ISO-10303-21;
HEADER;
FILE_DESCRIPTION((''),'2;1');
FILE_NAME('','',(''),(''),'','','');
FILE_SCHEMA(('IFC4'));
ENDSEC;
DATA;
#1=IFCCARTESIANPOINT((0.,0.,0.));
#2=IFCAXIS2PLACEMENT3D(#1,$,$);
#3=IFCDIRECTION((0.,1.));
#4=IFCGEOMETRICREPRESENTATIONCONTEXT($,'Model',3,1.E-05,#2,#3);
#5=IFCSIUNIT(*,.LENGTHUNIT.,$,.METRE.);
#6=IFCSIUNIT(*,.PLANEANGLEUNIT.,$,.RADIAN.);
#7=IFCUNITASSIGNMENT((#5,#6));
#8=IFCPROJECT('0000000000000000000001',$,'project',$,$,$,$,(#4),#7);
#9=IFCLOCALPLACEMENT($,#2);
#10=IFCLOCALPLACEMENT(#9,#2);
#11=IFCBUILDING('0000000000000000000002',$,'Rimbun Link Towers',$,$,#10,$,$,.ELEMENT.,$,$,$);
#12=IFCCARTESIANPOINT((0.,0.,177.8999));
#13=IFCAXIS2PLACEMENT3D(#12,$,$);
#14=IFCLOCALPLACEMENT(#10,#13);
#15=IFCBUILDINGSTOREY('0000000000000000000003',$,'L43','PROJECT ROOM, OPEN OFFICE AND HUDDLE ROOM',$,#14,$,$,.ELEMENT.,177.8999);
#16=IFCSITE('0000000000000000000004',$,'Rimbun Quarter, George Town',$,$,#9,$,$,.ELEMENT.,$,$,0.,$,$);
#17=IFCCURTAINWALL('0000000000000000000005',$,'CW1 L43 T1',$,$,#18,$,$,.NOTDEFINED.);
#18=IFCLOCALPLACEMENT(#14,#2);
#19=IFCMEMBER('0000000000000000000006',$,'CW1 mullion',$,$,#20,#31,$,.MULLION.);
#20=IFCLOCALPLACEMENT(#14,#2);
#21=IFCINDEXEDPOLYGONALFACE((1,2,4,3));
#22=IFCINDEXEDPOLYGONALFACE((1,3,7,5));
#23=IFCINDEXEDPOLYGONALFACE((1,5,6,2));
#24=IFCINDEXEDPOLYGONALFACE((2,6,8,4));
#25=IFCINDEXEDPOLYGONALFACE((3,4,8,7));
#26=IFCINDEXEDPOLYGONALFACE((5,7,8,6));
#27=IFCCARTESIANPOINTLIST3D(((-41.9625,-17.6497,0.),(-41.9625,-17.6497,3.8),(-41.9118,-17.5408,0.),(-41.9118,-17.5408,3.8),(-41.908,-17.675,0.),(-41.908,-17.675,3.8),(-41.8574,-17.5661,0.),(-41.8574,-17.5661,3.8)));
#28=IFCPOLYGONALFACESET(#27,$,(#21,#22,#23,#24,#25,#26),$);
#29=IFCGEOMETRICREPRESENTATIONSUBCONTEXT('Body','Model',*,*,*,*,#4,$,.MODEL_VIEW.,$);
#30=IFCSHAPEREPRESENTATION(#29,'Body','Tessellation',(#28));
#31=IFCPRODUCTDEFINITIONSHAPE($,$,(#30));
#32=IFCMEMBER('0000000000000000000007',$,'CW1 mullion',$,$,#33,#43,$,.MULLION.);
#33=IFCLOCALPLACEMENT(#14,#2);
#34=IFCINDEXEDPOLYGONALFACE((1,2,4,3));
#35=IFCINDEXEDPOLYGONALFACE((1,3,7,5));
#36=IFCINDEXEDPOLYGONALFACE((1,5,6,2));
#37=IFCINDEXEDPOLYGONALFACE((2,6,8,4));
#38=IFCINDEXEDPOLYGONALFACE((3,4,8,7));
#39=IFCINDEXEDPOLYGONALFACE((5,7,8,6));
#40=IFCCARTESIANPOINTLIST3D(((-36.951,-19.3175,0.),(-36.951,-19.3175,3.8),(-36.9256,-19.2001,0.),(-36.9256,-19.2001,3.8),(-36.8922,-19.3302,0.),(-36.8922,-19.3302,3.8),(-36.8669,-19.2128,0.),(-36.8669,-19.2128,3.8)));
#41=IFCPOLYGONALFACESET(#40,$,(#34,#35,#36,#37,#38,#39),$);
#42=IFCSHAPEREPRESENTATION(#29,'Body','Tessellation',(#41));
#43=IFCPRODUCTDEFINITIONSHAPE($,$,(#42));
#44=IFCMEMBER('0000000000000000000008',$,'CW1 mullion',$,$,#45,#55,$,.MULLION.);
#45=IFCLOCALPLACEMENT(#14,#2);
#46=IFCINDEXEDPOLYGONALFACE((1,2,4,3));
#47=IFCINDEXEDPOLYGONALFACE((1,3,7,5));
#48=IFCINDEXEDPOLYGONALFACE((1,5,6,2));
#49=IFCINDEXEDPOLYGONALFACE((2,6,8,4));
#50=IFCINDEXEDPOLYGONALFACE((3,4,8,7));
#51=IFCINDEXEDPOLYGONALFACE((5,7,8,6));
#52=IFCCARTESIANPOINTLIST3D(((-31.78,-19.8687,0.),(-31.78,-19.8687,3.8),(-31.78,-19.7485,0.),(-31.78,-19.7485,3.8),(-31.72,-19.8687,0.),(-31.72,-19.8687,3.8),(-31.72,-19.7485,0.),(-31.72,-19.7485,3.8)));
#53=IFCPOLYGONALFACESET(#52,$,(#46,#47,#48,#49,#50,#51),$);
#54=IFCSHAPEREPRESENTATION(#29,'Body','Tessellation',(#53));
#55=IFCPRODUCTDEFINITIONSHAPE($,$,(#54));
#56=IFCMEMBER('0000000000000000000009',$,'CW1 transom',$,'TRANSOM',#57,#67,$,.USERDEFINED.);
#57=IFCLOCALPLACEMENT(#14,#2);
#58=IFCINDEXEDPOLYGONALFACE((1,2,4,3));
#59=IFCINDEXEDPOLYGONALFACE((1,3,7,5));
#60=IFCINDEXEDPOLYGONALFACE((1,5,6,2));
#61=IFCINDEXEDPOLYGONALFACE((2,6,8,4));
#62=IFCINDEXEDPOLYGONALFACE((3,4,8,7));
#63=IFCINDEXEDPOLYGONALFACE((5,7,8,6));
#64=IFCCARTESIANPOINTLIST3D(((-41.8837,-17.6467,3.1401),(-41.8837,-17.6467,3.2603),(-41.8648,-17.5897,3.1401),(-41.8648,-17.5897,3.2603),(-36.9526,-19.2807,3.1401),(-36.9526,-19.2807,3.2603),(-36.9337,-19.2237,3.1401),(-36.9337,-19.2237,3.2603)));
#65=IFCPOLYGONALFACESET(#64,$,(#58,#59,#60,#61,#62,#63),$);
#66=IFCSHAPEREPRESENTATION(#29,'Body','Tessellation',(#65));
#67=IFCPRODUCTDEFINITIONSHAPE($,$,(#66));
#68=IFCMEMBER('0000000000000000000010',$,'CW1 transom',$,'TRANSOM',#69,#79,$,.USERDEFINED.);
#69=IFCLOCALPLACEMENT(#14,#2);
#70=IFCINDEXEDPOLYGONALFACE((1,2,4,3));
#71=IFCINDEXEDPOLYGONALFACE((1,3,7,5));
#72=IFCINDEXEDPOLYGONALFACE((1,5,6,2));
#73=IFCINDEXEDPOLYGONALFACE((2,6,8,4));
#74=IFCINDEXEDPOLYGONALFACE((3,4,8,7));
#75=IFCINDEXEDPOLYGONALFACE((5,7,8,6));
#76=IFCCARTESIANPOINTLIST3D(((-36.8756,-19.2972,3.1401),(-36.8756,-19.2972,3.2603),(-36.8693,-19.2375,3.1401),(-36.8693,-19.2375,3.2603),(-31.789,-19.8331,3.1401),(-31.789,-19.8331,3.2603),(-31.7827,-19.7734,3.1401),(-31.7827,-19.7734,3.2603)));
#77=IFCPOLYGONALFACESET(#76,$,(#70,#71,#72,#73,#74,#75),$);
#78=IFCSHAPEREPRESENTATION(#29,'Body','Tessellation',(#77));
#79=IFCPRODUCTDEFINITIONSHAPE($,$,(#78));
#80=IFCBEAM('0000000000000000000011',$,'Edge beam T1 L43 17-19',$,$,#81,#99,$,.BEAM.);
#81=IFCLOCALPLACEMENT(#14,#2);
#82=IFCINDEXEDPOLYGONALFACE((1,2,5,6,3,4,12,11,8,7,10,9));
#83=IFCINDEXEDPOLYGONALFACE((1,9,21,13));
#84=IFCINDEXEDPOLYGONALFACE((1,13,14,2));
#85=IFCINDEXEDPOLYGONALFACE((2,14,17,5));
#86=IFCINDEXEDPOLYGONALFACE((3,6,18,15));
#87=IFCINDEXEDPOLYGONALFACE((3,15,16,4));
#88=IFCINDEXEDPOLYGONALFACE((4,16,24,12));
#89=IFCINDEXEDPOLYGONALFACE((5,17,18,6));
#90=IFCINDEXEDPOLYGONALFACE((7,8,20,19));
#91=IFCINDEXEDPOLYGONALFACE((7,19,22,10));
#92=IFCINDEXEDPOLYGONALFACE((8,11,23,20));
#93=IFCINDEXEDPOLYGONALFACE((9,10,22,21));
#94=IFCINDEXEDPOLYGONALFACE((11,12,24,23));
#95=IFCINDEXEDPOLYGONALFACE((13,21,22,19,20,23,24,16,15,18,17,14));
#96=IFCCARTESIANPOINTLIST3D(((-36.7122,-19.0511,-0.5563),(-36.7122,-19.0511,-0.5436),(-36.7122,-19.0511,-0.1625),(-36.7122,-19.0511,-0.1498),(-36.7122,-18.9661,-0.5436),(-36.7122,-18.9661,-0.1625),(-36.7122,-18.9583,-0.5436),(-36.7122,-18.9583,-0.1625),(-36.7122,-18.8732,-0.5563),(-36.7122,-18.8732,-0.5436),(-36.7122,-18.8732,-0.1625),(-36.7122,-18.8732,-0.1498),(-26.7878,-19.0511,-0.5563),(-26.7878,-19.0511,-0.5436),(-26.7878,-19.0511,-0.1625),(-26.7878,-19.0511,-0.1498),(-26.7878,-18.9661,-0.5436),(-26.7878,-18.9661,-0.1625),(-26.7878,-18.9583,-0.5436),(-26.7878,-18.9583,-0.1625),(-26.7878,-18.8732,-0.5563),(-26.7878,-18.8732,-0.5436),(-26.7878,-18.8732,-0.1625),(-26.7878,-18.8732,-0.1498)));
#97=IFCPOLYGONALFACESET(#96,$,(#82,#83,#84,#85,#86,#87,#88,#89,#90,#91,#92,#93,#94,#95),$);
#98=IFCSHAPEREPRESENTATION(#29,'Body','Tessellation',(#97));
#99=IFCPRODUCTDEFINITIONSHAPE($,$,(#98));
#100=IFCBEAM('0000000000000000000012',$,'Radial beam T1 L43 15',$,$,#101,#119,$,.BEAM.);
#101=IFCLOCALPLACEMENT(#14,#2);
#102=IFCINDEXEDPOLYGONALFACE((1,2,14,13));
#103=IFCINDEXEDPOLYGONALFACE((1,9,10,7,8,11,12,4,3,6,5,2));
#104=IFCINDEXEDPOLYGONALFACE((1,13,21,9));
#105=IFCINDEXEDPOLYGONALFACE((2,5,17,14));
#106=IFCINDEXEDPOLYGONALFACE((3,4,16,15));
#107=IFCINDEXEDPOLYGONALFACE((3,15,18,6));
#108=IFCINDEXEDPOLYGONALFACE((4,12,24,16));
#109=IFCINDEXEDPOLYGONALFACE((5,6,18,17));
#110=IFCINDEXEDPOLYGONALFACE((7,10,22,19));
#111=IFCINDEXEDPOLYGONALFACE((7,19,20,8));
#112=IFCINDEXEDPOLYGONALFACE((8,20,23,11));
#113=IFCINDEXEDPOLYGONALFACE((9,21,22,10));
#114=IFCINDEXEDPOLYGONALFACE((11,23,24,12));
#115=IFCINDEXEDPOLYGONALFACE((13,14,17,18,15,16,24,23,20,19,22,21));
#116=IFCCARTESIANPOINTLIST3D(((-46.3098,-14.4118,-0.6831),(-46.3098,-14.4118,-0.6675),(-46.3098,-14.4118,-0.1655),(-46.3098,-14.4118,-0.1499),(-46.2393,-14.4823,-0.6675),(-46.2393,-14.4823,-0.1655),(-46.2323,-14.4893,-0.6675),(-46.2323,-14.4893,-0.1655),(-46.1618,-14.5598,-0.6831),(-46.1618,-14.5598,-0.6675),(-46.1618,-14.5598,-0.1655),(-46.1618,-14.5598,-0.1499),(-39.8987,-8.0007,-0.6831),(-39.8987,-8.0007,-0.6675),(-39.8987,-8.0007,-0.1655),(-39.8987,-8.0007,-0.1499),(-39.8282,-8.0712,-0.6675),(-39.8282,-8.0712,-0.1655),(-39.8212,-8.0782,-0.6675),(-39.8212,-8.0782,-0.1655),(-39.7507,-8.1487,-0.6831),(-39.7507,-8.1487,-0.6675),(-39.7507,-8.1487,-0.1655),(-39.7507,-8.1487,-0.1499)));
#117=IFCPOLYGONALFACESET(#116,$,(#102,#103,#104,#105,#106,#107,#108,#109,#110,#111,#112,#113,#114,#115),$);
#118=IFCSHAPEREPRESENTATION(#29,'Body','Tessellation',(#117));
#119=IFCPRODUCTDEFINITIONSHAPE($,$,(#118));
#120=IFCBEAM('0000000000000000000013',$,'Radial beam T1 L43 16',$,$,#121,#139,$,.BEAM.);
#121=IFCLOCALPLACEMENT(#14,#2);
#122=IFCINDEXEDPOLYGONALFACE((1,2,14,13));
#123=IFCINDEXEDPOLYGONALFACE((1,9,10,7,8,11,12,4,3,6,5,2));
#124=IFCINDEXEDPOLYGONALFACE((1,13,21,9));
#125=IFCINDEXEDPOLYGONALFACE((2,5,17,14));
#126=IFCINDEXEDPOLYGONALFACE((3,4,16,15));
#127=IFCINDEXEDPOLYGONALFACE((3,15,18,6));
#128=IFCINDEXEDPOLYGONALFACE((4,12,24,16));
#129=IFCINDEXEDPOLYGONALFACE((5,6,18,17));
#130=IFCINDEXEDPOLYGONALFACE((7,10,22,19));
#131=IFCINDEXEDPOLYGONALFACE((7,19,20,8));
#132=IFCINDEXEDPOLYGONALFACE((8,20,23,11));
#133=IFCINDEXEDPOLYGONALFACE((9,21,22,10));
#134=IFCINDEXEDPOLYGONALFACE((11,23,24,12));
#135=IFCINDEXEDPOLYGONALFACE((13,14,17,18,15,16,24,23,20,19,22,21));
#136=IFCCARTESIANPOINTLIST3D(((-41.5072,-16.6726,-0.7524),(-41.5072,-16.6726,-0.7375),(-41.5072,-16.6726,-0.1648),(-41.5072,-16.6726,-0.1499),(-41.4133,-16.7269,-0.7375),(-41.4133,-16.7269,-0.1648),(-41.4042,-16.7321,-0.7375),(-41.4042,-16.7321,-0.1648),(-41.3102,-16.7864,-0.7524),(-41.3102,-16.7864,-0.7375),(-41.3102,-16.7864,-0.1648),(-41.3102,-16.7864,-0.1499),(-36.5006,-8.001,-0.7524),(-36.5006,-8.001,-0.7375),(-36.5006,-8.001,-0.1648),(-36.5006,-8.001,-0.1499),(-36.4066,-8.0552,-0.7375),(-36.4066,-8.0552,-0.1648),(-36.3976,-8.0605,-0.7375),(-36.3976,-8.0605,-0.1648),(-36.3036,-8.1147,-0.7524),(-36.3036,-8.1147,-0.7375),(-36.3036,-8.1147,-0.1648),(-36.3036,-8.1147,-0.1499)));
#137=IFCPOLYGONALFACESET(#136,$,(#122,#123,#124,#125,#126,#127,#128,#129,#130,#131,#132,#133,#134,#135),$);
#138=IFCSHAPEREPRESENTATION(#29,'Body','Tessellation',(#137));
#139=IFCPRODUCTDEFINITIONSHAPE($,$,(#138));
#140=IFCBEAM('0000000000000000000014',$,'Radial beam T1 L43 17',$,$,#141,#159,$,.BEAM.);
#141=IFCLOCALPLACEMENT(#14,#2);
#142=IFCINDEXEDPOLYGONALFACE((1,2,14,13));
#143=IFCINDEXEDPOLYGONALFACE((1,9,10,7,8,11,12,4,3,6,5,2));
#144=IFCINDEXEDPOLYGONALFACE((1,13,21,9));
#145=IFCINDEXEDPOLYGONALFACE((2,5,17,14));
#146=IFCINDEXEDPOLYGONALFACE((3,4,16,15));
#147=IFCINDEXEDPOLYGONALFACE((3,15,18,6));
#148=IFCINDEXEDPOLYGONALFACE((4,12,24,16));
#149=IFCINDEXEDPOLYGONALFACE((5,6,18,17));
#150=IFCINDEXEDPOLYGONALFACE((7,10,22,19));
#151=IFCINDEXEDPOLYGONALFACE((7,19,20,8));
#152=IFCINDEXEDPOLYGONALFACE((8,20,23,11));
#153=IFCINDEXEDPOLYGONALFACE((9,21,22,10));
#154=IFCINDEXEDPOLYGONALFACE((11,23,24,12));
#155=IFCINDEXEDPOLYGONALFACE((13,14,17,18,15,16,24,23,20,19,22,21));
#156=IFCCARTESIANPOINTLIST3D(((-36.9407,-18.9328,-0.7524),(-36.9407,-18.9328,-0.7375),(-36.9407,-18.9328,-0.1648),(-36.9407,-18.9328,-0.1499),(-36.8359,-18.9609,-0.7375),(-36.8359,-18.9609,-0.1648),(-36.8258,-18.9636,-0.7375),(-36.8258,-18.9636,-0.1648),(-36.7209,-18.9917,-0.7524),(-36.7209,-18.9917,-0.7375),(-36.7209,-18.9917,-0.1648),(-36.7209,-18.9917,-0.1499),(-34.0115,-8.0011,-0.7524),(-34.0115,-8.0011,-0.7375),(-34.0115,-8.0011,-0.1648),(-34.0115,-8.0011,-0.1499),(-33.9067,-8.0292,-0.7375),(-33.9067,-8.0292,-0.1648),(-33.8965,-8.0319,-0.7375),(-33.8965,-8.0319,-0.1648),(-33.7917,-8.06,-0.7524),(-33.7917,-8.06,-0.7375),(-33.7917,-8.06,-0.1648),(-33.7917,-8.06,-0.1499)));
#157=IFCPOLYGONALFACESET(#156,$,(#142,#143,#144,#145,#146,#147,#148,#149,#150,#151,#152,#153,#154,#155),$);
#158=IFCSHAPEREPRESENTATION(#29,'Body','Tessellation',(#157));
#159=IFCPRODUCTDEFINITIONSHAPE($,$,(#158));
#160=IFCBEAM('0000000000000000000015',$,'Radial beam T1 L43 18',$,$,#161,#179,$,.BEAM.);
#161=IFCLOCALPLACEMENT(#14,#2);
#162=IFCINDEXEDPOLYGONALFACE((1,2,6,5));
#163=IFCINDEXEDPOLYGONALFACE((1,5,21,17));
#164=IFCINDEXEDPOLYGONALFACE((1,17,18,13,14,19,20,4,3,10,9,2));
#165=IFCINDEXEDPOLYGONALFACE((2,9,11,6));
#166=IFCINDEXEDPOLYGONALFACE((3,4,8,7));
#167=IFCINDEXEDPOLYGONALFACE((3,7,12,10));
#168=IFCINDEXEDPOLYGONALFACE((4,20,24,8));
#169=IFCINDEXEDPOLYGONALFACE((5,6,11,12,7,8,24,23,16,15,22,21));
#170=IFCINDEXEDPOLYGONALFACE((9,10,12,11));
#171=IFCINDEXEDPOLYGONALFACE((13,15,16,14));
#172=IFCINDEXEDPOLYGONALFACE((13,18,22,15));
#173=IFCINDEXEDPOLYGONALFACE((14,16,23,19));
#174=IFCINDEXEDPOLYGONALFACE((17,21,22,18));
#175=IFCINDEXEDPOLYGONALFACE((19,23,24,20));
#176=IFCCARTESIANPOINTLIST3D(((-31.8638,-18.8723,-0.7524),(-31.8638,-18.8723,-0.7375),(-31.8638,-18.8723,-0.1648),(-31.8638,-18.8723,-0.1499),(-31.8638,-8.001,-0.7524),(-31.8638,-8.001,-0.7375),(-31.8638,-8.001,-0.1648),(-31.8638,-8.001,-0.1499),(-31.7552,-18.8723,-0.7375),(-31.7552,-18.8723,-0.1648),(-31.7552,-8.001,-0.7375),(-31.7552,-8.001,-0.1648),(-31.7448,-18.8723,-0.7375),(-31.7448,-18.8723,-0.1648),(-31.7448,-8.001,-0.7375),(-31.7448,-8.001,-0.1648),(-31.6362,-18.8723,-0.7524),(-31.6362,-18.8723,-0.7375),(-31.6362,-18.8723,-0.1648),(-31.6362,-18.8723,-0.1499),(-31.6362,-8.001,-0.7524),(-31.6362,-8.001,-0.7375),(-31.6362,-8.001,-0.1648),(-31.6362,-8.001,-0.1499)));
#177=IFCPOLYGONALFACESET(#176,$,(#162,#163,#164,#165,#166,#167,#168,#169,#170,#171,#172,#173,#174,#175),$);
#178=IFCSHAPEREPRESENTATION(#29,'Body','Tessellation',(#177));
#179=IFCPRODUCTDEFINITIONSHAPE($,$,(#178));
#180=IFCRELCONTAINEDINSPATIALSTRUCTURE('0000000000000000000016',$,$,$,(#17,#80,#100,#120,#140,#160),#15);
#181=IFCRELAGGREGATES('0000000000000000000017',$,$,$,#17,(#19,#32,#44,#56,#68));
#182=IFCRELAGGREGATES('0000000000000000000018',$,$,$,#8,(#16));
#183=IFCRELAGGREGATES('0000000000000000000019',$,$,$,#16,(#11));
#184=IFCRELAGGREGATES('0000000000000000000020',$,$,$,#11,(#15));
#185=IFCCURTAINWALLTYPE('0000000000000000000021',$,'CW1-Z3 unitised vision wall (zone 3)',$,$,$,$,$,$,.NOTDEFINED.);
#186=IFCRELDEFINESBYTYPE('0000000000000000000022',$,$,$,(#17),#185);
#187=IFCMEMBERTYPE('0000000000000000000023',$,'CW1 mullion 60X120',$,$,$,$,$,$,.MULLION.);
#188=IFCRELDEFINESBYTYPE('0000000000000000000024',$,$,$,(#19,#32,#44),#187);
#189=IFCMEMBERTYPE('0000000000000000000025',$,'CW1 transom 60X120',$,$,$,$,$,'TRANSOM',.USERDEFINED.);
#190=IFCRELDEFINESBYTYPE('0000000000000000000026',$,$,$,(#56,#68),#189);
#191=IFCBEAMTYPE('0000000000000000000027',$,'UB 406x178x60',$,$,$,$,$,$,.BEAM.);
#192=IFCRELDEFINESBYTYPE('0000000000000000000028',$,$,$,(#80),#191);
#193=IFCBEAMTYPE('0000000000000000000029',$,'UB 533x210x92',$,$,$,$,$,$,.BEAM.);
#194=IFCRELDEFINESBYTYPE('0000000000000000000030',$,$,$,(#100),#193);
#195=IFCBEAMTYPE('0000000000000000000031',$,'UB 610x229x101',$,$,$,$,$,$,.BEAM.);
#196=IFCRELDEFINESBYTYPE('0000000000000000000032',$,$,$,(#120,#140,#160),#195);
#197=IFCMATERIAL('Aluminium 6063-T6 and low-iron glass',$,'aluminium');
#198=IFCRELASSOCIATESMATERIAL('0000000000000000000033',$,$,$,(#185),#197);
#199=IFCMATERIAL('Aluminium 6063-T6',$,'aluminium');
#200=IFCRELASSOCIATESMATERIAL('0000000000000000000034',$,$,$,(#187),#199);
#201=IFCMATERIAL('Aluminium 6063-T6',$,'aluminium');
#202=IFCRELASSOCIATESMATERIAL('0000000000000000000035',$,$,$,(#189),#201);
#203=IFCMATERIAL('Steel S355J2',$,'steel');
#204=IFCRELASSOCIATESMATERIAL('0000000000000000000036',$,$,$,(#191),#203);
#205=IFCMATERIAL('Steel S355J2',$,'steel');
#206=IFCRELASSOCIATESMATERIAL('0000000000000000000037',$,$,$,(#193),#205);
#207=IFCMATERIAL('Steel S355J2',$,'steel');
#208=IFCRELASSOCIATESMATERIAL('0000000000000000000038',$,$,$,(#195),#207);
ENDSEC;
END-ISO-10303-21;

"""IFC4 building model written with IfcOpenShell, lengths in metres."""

from ifc_helpers import new_model, si_unit, direction, frame, origin, origin_2d, place, context, subcontext, project, spatial, rectangle, i_section, extrude, material, material_profile, profile_set, type_object, element, aggregate, save


model = new_model("IFC4")

# Units and contexts
model_context = context("Model", 3, precision=1e-05, world=origin(), true_north=direction((0.0, 1.0)))
body_context = subcontext(model_context, "Body", "Model", "MODEL_VIEW")
ifc_project = project(units=[si_unit("LENGTHUNIT", "METRE"), si_unit("PLANEANGLEUNIT", "RADIAN")], contexts=[model_context])

# Site, building, storey
site_placement = place(None, origin())
site = spatial("IfcSite", under=ifc_project, at=site_placement, Name="Rimbun Quarter, George Town", CompositionType="ELEMENT", RefElevation=0.0)
building_placement = place(site_placement, origin())
building = spatial("IfcBuilding", under=site, at=building_placement, Name="Rimbun Link Towers", CompositionType="ELEMENT")
storey_placement = place(building_placement, frame((0.0, 0.0, 177.8999)))
storey = spatial("IfcBuildingStorey", under=building, at=storey_placement, Name="L43", Description="PROJECT ROOM, OPEN OFFICE AND HUDDLE ROOM", CompositionType="ELEMENT", Elevation=177.8999)

# Curtain wall, members
ifc_material_1 = material(Name="Aluminium 6063-T6 and low-iron glass", Category="aluminium")
curtain_wall_type = type_object("IfcCurtainWallType", Name="CW1-Z3 unitised vision wall (zone 3)", PredefinedType="NOTDEFINED", material=ifc_material_1)
curtain_wall_placement = place(storey_placement, origin())
curtain_wall = element("IfcCurtainWall", 1, at=curtain_wall_placement, inside=storey, type_object=curtain_wall_type, Name="CW1 L43 T1", PredefinedType="NOTDEFINED")
ifc_material_2 = material(Name="Aluminium 6063-T6", Category="aluminium")
ifc_material_profile_1 = material_profile(ifc_material_2, rectangle(XDim=0.1201, YDim=0.0601, at=origin_2d()), Name="MULLION 60X120")
ifc_profile_set_1 = profile_set([ifc_material_profile_1], Name="Aluminium 6063-T6")
member_type_1 = type_object("IfcMemberType", Name="CW1 mullion 60X120", PredefinedType="MULLION", material=ifc_profile_set_1)
member_1_placement = place(storey_placement, frame((-41.9099, -17.6079, 0.0), z_axis=(0.0, 0.0, 1.0), x_axis=(-0.421697, -0.906737, 0.0)))
member_1 = element("IfcMember", 2, at=member_1_placement, type_object=member_type_1, Name="CW1 mullion", PredefinedType="MULLION", context=body_context, shape_type="SweptSolid", body=[
    extrude(rectangle(XDim=0.1201, YDim=0.0601, at=origin_2d()), origin(), (0.0, 0.0, 1.0), 3.8),
])
member_2_placement = place(storey_placement, frame((-36.9089, -19.2651, 0.0), z_axis=(0.0, 0.0, 1.0), x_axis=(-0.210867, -0.977515, 0.0)))
member_2 = element("IfcMember", 3, at=member_2_placement, type_object=member_type_1, Name="CW1 mullion", PredefinedType="MULLION", context=body_context, shape_type="SweptSolid", body=[
    extrude(rectangle(XDim=0.1201, YDim=0.0601, at=origin_2d()), origin(), (0.0, 0.0, 1.0), 3.8),
])
member_3_placement = place(storey_placement, frame((-31.75, -19.8086, 0.0), z_axis=(0.0, 0.0, 1.0), x_axis=(0.0, -1.0, 0.0)))
member_3 = element("IfcMember", 4, at=member_3_placement, type_object=member_type_1, Name="CW1 mullion", PredefinedType="MULLION", context=body_context, shape_type="SweptSolid", body=[
    extrude(rectangle(XDim=0.1201, YDim=0.0601, at=origin_2d()), origin(), (0.0, 0.0, 1.0), 3.8),
])
ifc_material_3 = material(Name="Aluminium 6063-T6", Category="aluminium")
ifc_material_profile_2 = material_profile(ifc_material_3, rectangle(XDim=0.0601, YDim=0.1201, at=origin_2d()), Name="TRANSOM 60X120")
ifc_profile_set_2 = profile_set([ifc_material_profile_2], Name="Aluminium 6063-T6")
member_type_2 = type_object("IfcMemberType", Name="CW1 transom 60X120", ElementType="TRANSOM", PredefinedType="USERDEFINED", material=ifc_profile_set_2)
member_4_placement = place(storey_placement, frame((-36.9431, -19.2522, 3.2002), z_axis=(-0.949241, 0.314549, 0.0), x_axis=(-0.314549, -0.949241, 0.0)))
member_4 = element("IfcMember", 5, at=member_4_placement, type_object=member_type_2, Name="CW1 transom", ObjectType="TRANSOM", PredefinedType="USERDEFINED", context=body_context, shape_type="SweptSolid", body=[
    extrude(rectangle(XDim=0.0601, YDim=0.1201, at=origin_2d()), origin(), (0.0, 0.0, 1.0), 5.1948),
])
member_5_placement = place(storey_placement, frame((-31.7859, -19.8032, 3.2002), z_axis=(-0.994496, 0.104772, 0.0), x_axis=(-0.104772, -0.994496, 0.0)))
member_5 = element("IfcMember", 6, at=member_5_placement, type_object=member_type_2, Name="CW1 transom", ObjectType="TRANSOM", PredefinedType="USERDEFINED", context=body_context, shape_type="SweptSolid", body=[
    extrude(rectangle(XDim=0.0601, YDim=0.1201, at=origin_2d()), origin(), (0.0, 0.0, 1.0), 5.1147),
])

# Beams
ifc_material_4 = material(Name="Steel S355J2", Category="steel")
ifc_material_profile_3 = material_profile(ifc_material_4, i_section(OverallWidth=0.178, OverallDepth=0.4065, WebThickness=0.0078, FlangeThickness=0.0127, at=origin_2d()), Name="UB 406x178x60")
ifc_profile_set_3 = profile_set([ifc_material_profile_3], Name="Steel S355J2")
beam_type_1 = type_object("IfcBeamType", Name="UB 406x178x60", PredefinedType="BEAM", material=ifc_profile_set_3)
beam_1_placement = place(storey_placement, frame((-36.7122, -18.9622, -0.353), z_axis=(1.0, 0.0, 0.0), x_axis=(0.0, 1.0, 0.0)))
element("IfcBeam", 7, at=beam_1_placement, inside=storey, type_object=beam_type_1, Name="Edge beam T1 L43 17-19", PredefinedType="BEAM", context=body_context, shape_type="SweptSolid", body=[
    extrude(i_section(OverallWidth=0.178, OverallDepth=0.4065, WebThickness=0.0078, FlangeThickness=0.0127, at=origin_2d()), origin(), (0.0, 0.0, 1.0), 9.9243),
])
ifc_material_5 = material(Name="Steel S355J2", Category="steel")
ifc_material_profile_4 = material_profile(ifc_material_5, i_section(OverallWidth=0.2092, OverallDepth=0.5332, WebThickness=0.01, FlangeThickness=0.0156, at=origin_2d()), Name="UB 533x210x92")
ifc_profile_set_4 = profile_set([ifc_material_profile_4], Name="Steel S355J2")
beam_type_2 = type_object("IfcBeamType", Name="UB 533x210x92", PredefinedType="BEAM", material=ifc_profile_set_4)
beam_2_placement = place(storey_placement, frame((-39.8247, -8.0747, -0.4165), z_axis=(-0.707107, -0.707107, 0.0), x_axis=(0.707107, -0.707107, 0.0)))
element("IfcBeam", 8, at=beam_2_placement, inside=storey, type_object=beam_type_2, Name="Radial beam T1 L43 15", PredefinedType="BEAM", context=body_context, shape_type="SweptSolid", body=[
    extrude(i_section(OverallWidth=0.2092, OverallDepth=0.5332, WebThickness=0.01, FlangeThickness=0.0156, at=origin_2d()), origin(), (0.0, 0.0, 1.0), 9.0667),
])
ifc_material_6 = material(Name="Steel S355J2", Category="steel")
ifc_material_profile_5 = material_profile(ifc_material_6, i_section(OverallWidth=0.2275, OverallDepth=0.6025, WebThickness=0.0105, FlangeThickness=0.0149, at=origin_2d()), Name="UB 610x229x101")
ifc_profile_set_5 = profile_set([ifc_material_profile_5], Name="Steel S355J2")
beam_type_3 = type_object("IfcBeamType", Name="UB 610x229x101", PredefinedType="BEAM", material=ifc_profile_set_5)
beam_3_placement = place(storey_placement, frame((-36.4021, -8.0579, -0.4512), z_axis=(-0.500002, -0.866024, 0.0), x_axis=(0.866024, -0.500002, 0.0)))
element("IfcBeam", 9, at=beam_3_placement, inside=storey, type_object=beam_type_3, Name="Radial beam T1 L43 16", PredefinedType="BEAM", context=body_context, shape_type="SweptSolid", body=[
    extrude(i_section(OverallWidth=0.2275, OverallDepth=0.6025, WebThickness=0.0105, FlangeThickness=0.0149, at=origin_2d()), origin(), (0.0, 0.0, 1.0), 10.0132),
])
beam_4_placement = place(storey_placement, frame((-33.9016, -8.0305, -0.4512), z_axis=(-0.258825, -0.965924, 0.0), x_axis=(0.965924, -0.258825, 0.0)))
element("IfcBeam", 10, at=beam_4_placement, inside=storey, type_object=beam_type_3, Name="Radial beam T1 L43 17", PredefinedType="BEAM", context=body_context, shape_type="SweptSolid", body=[
    extrude(i_section(OverallWidth=0.2275, OverallDepth=0.6025, WebThickness=0.0105, FlangeThickness=0.0149, at=origin_2d()), origin(), (0.0, 0.0, 1.0), 11.3174),
])
beam_5_placement = place(storey_placement, frame((-31.75, -8.001, -0.4512), z_axis=(0.0, -1.0, 0.0), x_axis=(1.0, 0.0, 0.0)))
element("IfcBeam", 11, at=beam_5_placement, inside=storey, type_object=beam_type_3, Name="Radial beam T1 L43 18", PredefinedType="BEAM", context=body_context, shape_type="SweptSolid", body=[
    extrude(i_section(OverallWidth=0.2275, OverallDepth=0.6025, WebThickness=0.0105, FlangeThickness=0.0149, at=origin_2d()), origin(), (0.0, 0.0, 1.0), 10.8713),
])

aggregate(curtain_wall, [member_1, member_2, member_3, member_4, member_5])

save(model, "model.ifc")
